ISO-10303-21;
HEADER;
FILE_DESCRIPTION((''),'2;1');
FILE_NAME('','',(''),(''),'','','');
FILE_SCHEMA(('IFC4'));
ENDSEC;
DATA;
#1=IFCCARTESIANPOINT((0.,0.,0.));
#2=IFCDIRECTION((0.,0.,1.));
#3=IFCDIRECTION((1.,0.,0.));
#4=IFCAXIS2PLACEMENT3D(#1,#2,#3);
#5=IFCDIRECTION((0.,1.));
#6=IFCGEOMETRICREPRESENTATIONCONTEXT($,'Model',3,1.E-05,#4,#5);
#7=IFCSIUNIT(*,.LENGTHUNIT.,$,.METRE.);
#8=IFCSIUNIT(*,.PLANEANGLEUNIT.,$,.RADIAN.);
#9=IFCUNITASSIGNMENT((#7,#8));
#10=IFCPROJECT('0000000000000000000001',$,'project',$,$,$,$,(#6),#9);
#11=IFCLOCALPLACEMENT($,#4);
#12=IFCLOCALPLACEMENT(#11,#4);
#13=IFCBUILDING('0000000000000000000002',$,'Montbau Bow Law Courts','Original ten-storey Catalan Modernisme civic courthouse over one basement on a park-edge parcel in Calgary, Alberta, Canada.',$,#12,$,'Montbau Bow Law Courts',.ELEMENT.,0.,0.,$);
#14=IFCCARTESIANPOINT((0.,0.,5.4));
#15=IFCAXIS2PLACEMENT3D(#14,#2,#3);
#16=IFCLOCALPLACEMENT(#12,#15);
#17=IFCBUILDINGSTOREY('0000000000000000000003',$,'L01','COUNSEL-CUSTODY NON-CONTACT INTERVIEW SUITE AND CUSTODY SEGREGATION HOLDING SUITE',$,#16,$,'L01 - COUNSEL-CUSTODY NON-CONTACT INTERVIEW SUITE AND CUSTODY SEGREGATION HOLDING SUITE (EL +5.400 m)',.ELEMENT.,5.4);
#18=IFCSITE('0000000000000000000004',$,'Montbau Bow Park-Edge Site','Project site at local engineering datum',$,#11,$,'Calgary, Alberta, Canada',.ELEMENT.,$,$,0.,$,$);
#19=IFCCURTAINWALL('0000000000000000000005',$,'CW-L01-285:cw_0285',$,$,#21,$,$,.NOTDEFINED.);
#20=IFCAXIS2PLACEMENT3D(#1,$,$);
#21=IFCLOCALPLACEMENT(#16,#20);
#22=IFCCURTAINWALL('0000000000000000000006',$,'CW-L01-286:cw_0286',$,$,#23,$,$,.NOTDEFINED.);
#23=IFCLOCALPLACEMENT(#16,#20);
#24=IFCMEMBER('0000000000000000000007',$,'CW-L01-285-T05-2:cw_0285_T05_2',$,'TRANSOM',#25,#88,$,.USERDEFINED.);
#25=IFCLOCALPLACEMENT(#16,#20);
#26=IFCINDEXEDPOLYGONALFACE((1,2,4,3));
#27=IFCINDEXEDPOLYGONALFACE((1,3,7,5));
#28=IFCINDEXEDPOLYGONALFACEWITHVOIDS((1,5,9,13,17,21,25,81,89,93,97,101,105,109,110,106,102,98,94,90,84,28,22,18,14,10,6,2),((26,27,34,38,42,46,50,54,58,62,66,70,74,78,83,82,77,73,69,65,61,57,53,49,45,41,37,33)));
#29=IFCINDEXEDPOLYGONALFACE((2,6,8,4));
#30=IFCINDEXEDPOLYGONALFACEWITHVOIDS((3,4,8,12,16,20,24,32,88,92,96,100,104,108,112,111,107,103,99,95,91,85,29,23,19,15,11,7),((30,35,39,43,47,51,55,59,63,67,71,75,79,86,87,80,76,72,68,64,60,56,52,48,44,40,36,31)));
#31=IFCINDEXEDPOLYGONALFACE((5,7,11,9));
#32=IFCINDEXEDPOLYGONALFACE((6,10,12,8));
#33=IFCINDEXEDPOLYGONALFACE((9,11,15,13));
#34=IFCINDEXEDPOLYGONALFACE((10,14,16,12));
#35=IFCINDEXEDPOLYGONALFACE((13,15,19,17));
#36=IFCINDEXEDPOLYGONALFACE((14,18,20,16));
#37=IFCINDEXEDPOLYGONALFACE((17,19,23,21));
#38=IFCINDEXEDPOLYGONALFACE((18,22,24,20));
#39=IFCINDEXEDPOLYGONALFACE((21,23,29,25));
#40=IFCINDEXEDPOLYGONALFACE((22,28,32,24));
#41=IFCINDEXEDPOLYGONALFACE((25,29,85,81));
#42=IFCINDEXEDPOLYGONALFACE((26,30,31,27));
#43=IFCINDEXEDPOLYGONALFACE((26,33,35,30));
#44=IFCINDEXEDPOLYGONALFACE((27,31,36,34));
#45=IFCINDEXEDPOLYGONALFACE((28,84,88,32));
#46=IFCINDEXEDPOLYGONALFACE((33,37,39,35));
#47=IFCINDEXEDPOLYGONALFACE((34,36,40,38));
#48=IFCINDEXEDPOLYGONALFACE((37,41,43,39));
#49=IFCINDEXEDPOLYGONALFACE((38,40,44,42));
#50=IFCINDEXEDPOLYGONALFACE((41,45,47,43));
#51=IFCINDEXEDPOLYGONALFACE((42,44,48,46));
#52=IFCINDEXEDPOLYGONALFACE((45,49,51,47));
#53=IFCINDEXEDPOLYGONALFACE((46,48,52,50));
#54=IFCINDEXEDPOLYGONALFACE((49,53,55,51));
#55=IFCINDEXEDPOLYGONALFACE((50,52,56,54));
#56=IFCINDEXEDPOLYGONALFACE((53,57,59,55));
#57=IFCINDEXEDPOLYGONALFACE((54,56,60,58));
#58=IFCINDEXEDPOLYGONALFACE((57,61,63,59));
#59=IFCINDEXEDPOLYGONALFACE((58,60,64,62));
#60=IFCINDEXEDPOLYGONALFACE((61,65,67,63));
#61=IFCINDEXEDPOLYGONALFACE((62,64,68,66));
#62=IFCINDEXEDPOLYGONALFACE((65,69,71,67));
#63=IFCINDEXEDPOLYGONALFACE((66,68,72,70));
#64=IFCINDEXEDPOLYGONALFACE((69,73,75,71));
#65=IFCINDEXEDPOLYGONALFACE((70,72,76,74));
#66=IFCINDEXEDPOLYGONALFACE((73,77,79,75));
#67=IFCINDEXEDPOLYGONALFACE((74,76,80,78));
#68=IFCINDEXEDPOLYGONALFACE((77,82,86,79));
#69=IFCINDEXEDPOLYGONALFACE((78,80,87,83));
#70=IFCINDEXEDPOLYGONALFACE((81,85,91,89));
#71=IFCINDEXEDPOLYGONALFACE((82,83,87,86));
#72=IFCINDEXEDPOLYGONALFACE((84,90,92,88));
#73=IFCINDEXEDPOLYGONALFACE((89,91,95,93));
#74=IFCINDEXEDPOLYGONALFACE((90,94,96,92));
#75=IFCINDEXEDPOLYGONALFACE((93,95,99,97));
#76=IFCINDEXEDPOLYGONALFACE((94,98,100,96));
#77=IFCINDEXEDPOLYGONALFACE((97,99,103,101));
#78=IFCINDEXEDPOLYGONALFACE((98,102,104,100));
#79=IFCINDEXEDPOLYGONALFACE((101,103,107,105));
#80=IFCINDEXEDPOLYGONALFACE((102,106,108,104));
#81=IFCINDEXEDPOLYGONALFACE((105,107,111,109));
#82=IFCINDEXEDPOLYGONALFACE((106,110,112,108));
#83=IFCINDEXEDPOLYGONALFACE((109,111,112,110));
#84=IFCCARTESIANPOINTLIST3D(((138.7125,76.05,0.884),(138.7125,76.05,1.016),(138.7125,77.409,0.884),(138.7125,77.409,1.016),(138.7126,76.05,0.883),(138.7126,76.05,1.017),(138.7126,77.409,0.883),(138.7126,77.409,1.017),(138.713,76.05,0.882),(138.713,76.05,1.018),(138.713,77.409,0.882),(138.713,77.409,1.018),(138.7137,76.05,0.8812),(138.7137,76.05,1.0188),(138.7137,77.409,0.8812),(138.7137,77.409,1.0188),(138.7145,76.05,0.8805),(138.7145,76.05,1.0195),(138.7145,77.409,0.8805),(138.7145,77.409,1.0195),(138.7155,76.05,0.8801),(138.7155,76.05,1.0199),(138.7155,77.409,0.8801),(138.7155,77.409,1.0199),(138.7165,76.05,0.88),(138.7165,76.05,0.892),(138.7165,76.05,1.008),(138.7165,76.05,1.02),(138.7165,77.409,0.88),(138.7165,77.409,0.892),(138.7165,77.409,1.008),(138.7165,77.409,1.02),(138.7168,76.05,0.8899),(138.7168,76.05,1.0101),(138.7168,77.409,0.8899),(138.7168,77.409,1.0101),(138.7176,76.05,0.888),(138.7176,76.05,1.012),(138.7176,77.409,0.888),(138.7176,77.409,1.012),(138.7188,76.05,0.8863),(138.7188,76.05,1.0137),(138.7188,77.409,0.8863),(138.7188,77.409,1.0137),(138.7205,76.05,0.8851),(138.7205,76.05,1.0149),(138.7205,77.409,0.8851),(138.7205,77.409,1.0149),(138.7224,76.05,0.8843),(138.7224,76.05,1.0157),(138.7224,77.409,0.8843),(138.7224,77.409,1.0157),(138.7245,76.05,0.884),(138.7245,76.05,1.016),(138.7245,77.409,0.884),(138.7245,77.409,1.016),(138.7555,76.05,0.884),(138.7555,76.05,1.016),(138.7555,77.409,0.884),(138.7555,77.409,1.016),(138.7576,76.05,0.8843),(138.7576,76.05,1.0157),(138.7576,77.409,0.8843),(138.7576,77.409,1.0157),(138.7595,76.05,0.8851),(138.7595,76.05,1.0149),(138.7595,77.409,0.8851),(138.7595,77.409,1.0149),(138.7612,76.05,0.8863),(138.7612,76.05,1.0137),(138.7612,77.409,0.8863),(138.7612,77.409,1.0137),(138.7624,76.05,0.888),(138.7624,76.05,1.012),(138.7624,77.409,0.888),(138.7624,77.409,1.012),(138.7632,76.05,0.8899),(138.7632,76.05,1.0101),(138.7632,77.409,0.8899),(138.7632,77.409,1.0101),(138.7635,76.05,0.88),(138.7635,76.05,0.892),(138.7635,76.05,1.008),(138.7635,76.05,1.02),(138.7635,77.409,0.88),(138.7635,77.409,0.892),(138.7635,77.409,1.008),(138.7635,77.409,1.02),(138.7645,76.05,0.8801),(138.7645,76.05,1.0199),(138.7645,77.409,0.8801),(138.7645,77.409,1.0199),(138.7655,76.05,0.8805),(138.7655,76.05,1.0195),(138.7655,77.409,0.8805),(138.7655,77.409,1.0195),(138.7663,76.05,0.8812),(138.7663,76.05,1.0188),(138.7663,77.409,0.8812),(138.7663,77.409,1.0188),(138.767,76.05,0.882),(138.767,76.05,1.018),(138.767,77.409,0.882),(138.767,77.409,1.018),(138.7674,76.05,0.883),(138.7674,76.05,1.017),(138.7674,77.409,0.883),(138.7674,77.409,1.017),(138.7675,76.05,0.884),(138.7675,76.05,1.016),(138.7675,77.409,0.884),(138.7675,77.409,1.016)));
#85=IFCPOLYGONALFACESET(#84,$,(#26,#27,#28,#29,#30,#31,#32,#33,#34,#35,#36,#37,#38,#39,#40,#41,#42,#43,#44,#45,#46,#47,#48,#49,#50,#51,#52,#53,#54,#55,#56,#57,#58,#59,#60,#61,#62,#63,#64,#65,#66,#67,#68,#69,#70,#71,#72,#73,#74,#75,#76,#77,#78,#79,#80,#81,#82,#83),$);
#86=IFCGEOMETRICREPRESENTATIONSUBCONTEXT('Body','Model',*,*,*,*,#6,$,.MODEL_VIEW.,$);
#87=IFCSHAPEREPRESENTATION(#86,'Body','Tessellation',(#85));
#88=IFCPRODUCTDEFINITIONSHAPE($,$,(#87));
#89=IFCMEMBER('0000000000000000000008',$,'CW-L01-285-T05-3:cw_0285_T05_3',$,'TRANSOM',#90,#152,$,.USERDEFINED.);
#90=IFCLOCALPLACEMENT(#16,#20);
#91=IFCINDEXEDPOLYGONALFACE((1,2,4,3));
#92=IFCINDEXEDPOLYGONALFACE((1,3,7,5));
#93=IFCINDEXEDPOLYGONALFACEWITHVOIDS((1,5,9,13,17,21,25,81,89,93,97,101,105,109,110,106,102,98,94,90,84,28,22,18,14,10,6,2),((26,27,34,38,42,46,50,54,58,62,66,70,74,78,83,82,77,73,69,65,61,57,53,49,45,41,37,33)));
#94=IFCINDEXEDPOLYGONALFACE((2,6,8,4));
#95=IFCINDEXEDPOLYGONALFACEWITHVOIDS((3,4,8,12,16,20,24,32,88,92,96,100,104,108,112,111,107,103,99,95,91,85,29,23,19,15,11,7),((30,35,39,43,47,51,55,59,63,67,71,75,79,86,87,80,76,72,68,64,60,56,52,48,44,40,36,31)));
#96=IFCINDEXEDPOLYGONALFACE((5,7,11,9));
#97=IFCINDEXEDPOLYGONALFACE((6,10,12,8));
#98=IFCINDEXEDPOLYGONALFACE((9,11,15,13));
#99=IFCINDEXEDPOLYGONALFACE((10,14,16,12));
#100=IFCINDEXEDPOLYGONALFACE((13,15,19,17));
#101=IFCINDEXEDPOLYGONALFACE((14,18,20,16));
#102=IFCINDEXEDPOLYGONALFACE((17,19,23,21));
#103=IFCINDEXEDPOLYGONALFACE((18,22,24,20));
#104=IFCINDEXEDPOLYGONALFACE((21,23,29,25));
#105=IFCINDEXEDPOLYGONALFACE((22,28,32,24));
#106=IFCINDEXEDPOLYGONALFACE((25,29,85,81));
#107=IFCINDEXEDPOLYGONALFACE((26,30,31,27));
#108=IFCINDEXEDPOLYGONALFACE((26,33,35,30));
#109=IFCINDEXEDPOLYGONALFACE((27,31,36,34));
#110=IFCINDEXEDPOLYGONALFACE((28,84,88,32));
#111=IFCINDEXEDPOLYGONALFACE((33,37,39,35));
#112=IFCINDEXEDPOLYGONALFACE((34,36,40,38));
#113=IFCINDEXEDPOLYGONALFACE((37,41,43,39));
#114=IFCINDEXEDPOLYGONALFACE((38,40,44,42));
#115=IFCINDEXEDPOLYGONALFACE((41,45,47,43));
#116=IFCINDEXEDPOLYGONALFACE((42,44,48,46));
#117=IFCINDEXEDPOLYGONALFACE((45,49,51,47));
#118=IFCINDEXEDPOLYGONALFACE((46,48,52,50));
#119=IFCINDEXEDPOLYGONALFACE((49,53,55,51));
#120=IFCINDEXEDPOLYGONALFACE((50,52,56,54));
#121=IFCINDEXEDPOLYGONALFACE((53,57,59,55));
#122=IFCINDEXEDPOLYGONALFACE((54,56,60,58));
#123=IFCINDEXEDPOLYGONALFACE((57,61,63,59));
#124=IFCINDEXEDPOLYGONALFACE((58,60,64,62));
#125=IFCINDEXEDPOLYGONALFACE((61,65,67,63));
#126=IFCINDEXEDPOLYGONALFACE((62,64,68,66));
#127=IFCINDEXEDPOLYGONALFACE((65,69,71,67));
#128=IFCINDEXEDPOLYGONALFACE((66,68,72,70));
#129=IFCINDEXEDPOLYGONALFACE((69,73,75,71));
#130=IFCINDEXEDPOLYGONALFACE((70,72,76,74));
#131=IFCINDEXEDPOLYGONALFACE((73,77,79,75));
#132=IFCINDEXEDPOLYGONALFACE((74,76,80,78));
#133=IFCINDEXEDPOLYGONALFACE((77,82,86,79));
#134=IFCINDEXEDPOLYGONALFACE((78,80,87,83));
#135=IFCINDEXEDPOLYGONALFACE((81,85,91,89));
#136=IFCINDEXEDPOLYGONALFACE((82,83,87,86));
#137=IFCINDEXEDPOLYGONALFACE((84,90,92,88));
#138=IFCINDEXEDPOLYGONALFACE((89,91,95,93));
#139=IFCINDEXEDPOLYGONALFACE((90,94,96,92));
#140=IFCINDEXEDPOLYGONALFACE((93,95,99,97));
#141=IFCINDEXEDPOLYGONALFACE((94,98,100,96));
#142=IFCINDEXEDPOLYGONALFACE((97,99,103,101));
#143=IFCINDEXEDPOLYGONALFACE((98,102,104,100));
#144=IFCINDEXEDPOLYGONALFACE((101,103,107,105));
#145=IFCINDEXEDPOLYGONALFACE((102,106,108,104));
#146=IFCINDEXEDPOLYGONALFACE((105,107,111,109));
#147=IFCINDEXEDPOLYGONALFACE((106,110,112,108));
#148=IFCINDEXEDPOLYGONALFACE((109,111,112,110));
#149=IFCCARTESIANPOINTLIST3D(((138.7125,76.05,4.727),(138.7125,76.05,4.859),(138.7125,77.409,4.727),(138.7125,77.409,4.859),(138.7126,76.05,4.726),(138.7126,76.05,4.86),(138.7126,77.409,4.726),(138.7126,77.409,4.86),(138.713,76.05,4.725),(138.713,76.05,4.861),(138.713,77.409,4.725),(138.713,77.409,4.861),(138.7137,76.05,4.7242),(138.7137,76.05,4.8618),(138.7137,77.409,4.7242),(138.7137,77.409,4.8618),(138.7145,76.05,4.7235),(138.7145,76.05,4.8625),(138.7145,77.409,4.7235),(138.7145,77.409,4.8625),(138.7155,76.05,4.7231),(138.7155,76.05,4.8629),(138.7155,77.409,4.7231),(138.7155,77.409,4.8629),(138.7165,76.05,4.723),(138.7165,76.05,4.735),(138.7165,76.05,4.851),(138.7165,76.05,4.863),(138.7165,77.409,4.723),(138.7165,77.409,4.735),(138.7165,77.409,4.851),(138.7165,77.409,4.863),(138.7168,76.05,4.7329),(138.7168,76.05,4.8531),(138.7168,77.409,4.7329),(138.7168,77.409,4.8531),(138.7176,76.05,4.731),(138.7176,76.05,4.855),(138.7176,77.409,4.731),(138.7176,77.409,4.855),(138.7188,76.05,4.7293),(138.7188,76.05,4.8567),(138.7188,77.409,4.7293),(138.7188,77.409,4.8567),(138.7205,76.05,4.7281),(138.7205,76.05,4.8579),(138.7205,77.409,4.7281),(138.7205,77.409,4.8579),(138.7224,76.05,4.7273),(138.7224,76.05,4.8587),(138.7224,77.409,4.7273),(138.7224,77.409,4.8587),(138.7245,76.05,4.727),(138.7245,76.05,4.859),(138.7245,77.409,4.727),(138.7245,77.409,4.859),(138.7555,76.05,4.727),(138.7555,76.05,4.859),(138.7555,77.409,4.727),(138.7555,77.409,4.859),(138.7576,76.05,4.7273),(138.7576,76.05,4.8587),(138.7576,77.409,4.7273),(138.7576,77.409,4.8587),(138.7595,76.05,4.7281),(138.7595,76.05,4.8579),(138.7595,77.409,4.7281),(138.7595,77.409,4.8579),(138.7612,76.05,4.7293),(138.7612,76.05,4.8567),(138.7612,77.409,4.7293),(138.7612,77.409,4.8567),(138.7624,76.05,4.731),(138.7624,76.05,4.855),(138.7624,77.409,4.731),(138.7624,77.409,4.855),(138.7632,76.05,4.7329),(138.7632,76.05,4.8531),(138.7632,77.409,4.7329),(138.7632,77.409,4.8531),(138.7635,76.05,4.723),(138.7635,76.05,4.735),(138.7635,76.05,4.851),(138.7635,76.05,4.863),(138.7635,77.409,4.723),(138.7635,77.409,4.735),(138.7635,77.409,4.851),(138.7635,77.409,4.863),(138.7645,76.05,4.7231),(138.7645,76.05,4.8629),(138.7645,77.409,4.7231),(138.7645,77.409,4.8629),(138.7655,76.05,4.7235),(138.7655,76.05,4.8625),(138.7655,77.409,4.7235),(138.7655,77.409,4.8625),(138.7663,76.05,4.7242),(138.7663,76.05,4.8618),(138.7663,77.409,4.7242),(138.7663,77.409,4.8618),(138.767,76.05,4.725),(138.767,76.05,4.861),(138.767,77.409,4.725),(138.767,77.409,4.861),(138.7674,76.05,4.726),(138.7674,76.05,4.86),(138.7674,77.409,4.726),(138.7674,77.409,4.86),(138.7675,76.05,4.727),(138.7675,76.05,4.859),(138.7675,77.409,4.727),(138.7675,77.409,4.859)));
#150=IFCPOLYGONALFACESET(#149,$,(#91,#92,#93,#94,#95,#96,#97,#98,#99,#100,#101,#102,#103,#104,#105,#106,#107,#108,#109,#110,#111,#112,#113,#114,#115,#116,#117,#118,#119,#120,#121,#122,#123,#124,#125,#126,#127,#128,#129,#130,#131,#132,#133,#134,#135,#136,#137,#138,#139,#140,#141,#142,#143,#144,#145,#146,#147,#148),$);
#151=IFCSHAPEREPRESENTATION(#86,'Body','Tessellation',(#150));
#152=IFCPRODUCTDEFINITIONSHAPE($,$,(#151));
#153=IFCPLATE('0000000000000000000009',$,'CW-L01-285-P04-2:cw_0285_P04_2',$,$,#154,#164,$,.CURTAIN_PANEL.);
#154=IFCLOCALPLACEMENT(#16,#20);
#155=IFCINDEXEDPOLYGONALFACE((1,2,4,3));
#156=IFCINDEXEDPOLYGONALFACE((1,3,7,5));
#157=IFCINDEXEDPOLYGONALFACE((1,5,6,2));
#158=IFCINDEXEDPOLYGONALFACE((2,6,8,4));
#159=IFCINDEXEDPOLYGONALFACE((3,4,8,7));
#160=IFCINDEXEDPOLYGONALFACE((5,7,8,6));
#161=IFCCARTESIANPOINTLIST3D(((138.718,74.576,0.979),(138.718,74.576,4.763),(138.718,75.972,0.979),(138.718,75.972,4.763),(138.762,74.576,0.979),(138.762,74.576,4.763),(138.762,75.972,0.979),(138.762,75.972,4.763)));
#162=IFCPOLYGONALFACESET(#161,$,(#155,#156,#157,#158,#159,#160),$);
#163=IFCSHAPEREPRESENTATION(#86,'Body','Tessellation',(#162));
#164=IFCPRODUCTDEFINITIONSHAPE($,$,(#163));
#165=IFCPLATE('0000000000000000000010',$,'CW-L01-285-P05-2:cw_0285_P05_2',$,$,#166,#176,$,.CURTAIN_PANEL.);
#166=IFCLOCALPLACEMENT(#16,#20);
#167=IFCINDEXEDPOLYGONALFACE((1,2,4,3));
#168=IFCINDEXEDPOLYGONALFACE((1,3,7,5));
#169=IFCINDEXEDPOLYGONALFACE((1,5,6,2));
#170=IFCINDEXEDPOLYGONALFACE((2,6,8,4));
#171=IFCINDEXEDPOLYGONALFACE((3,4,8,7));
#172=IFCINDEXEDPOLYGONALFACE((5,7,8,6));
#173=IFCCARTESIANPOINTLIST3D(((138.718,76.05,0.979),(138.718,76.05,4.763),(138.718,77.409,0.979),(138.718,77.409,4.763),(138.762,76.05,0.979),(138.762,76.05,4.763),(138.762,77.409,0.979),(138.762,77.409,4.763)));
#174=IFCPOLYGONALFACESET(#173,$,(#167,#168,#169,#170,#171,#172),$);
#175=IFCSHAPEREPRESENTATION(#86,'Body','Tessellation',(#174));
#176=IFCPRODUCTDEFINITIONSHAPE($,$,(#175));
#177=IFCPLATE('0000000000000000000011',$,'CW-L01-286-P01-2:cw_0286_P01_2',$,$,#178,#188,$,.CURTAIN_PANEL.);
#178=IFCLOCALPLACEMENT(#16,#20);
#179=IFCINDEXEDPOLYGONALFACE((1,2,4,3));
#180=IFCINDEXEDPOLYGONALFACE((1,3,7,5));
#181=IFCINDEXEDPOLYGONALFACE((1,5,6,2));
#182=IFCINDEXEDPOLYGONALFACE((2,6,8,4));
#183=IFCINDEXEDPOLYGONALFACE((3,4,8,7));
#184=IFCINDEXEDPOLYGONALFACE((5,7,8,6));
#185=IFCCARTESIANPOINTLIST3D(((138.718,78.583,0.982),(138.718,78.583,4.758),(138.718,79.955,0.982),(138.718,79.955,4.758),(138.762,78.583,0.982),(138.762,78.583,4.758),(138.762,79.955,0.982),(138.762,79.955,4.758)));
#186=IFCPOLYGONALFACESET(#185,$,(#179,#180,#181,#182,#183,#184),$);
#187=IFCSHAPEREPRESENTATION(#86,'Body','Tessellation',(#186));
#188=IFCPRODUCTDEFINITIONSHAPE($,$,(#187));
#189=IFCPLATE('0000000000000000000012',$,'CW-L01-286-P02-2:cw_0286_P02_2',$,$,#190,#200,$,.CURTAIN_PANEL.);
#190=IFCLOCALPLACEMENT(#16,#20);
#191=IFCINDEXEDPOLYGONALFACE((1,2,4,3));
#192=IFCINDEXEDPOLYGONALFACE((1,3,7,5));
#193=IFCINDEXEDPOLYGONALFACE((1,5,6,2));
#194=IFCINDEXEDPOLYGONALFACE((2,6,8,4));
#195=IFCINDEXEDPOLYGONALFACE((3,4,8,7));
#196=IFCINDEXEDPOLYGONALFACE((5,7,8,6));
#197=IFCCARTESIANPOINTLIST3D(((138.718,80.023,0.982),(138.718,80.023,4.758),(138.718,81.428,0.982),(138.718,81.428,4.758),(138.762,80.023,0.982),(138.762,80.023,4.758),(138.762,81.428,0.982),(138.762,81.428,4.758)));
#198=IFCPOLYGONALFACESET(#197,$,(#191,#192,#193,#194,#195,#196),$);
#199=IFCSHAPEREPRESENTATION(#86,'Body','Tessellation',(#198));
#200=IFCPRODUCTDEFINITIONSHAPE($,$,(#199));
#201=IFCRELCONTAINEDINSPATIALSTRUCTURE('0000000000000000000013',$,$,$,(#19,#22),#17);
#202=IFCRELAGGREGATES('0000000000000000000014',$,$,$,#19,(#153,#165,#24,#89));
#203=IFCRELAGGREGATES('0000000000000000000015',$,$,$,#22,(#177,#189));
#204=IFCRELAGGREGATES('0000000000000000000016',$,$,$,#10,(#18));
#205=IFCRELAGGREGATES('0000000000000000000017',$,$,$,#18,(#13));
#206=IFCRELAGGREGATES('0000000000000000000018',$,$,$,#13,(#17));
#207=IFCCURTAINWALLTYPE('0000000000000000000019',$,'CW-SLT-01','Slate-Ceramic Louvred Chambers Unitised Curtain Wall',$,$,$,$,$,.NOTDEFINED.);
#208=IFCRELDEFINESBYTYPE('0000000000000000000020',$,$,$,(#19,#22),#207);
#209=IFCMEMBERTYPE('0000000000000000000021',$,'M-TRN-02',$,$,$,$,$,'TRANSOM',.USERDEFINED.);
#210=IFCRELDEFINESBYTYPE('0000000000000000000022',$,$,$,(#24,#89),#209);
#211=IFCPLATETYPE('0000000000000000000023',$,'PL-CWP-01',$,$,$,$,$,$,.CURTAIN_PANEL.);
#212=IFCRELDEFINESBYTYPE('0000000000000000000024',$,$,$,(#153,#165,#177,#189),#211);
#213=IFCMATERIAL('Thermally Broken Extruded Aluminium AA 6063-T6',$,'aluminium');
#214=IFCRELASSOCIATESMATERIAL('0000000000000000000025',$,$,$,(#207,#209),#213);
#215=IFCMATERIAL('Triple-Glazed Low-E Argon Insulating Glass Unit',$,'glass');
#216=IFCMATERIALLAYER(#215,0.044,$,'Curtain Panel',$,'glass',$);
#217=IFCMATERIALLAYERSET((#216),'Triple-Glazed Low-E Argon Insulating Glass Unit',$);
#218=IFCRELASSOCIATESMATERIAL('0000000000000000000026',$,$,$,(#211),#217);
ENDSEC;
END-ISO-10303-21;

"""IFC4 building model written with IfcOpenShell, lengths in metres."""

from ifc_helpers import new_model, si_unit, direction, frame, frame_2d, origin_with_axes, origin_2d_with_axis, place, context, subcontext, project, spatial, rectangle, hollow_rectangle, extrude, material, layer, layer_set, material_profile, profile_set, type_object, element, aggregate, save


model = new_model("IFC4")

# Units and contexts
model_context = context("Model", 3, precision=1e-05, world=origin_with_axes(), true_north=direction((0.0, 1.0)))
body_context = subcontext(model_context, "Body", "Model", "MODEL_VIEW")
ifc_project = project(units=[si_unit("LENGTHUNIT", "METRE"), si_unit("PLANEANGLEUNIT", "RADIAN")], contexts=[model_context])

# Site, building, storey
site_placement = place(None, origin_with_axes())
site = spatial("IfcSite", under=ifc_project, at=site_placement, Name="Montbau Bow Park-Edge Site", Description="Project site at local engineering datum", LongName="Calgary, Alberta, Canada", CompositionType="ELEMENT", RefElevation=0.0)
building_placement = place(site_placement, origin_with_axes())
building = spatial("IfcBuilding", under=site, at=building_placement, Name="Montbau Bow Law Courts", Description="Original ten-storey Catalan Modernisme civic courthouse over one basement on a park-edge parcel in Calgary, Alberta, Canada.", LongName="Montbau Bow Law Courts", CompositionType="ELEMENT", ElevationOfRefHeight=0.0, ElevationOfTerrain=0.0)
storey_placement = place(building_placement, frame((0.0, 0.0, 5.4), z_axis=(0.0, 0.0, 1.0), x_axis=(1.0, 0.0, 0.0)))
storey = spatial("IfcBuildingStorey", under=building, at=storey_placement, Name="L01", Description="COUNSEL-CUSTODY NON-CONTACT INTERVIEW SUITE AND CUSTODY SEGREGATION HOLDING SUITE", LongName="L01 - COUNSEL-CUSTODY NON-CONTACT INTERVIEW SUITE AND CUSTODY SEGREGATION HOLDING SUITE (EL +5.400 m)", CompositionType="ELEMENT", Elevation=5.4)

# Curtain walls
ifc_material_1 = material(Name="Thermally Broken Extruded Aluminium AA 6063-T6", Category="aluminium")
curtain_wall_type = type_object("IfcCurtainWallType", Name="CW-SLT-01", Description="Slate-Ceramic Louvred Chambers Unitised Curtain Wall", PredefinedType="NOTDEFINED", material=ifc_material_1)
curtain_wall_1_placement = place(None, frame((138.74, 70.115, 5.4), z_axis=(0.0, 0.0, 1.0), x_axis=(1.0, 0.0, 0.0)))
curtain_wall_1 = element("IfcCurtainWall", 1, at=curtain_wall_1_placement, inside=storey, type_object=curtain_wall_type, Name="CW-L01-285:cw_0285", PredefinedType="NOTDEFINED")
curtain_wall_2_placement = place(None, frame((138.74, 78.515, 5.4), z_axis=(0.0, 0.0, 1.0), x_axis=(1.0, 0.0, 0.0)))
curtain_wall_2 = element("IfcCurtainWall", 2, at=curtain_wall_2_placement, inside=storey, type_object=curtain_wall_type, Name="CW-L01-286:cw_0286", PredefinedType="NOTDEFINED")

# Members
ifc_material_profile_1 = material_profile(ifc_material_1, hollow_rectangle(XDim=0.055, YDim=0.14, WallThickness=0.004, InnerFilletRadius=0.008, OuterFilletRadius=0.004, at=origin_2d_with_axis()), Name="CWT-140X55", Category="Main", Priority=0)
ifc_profile_set_1 = profile_set([ifc_material_profile_1], Name="Thermally Broken Extruded Aluminium AA 6063-T6")
member_type_1 = type_object("IfcMemberType", Name="M-TRN-02", ElementType="TRANSOM", PredefinedType="USERDEFINED", material=ifc_profile_set_1)
member_1_placement = place(None, frame((138.74, 76.05, 6.35), z_axis=(0.0, 1.0, 0.0), x_axis=(-1.0, 0.0, 0.0)))
member_1 = element("IfcMember", 3, at=member_1_placement, type_object=member_type_1, Name="CW-L01-285-T05-2:cw_0285_T05_2", ObjectType="TRANSOM", PredefinedType="USERDEFINED", context=body_context, shape_type="SweptSolid", body=[
    extrude(hollow_rectangle(XDim=0.055, YDim=0.14, WallThickness=0.004, InnerFilletRadius=0.008, OuterFilletRadius=0.004, at=origin_2d_with_axis()), origin_with_axes(), (0.0, 0.0, 1.0), 1.359),
])
member_2_placement = place(None, frame((138.74, 76.05, 10.193), z_axis=(0.0, 1.0, 0.0), x_axis=(-1.0, 0.0, 0.0)))
member_2 = element("IfcMember", 4, at=member_2_placement, type_object=member_type_1, Name="CW-L01-285-T05-3:cw_0285_T05_3", ObjectType="TRANSOM", PredefinedType="USERDEFINED", context=body_context, shape_type="SweptSolid", body=[
    extrude(hollow_rectangle(XDim=0.055, YDim=0.14, WallThickness=0.004, InnerFilletRadius=0.008, OuterFilletRadius=0.004, at=origin_2d_with_axis()), origin_with_axes(), (0.0, 0.0, 1.0), 1.359),
])

# Plates
ifc_material_2 = material(Name="Triple-Glazed Low-E Argon Insulating Glass Unit", Category="glass")
ifc_layer_1 = layer(ifc_material_2, 0.044, Name="Curtain Panel", Category="glass")
ifc_layer_set_1 = layer_set([ifc_layer_1], Name="Triple-Glazed Low-E Argon Insulating Glass Unit")
plate_type_1 = type_object("IfcPlateType", Name="PL-CWP-01", PredefinedType="CURTAIN_PANEL", material=ifc_layer_set_1)
plate_1_placement = place(None, frame((138.74, 74.576, 6.379), z_axis=(1.0, 0.0, 0.0), x_axis=(0.0, 1.0, 0.0)))
plate_1 = element("IfcPlate", 5, at=plate_1_placement, type_object=plate_type_1, Name="CW-L01-285-P04-2:cw_0285_P04_2", PredefinedType="CURTAIN_PANEL", context=body_context, shape_type="SweptSolid", body=[
    extrude(rectangle(XDim=1.396, YDim=3.784, at=frame_2d((0.698, 1.892), x_axis=(1.0, 0.0))), frame((0.0, 0.0, -0.022), z_axis=(0.0, 0.0, 1.0), x_axis=(1.0, 0.0, 0.0)), (0.0, 0.0, 1.0), 0.044),
])
plate_2_placement = place(None, frame((138.74, 76.05, 6.379), z_axis=(1.0, 0.0, 0.0), x_axis=(0.0, 1.0, 0.0)))
plate_2 = element("IfcPlate", 6, at=plate_2_placement, type_object=plate_type_1, Name="CW-L01-285-P05-2:cw_0285_P05_2", PredefinedType="CURTAIN_PANEL", context=body_context, shape_type="SweptSolid", body=[
    extrude(rectangle(XDim=1.359, YDim=3.784, at=frame_2d((0.6795, 1.892), x_axis=(1.0, 0.0))), frame((0.0, 0.0, -0.022), z_axis=(0.0, 0.0, 1.0), x_axis=(1.0, 0.0, 0.0)), (0.0, 0.0, 1.0), 0.044),
])
plate_3_placement = place(None, frame((138.74, 78.583, 6.382), z_axis=(1.0, 0.0, 0.0), x_axis=(0.0, 1.0, 0.0)))
plate_3 = element("IfcPlate", 7, at=plate_3_placement, type_object=plate_type_1, Name="CW-L01-286-P01-2:cw_0286_P01_2", PredefinedType="CURTAIN_PANEL", context=body_context, shape_type="SweptSolid", body=[
    extrude(rectangle(XDim=1.372, YDim=3.776, at=frame_2d((0.686, 1.888), x_axis=(1.0, 0.0))), frame((0.0, 0.0, -0.022), z_axis=(0.0, 0.0, 1.0), x_axis=(1.0, 0.0, 0.0)), (0.0, 0.0, 1.0), 0.044),
])
plate_4_placement = place(None, frame((138.74, 80.023, 6.382), z_axis=(1.0, 0.0, 0.0), x_axis=(0.0, 1.0, 0.0)))
plate_4 = element("IfcPlate", 8, at=plate_4_placement, type_object=plate_type_1, Name="CW-L01-286-P02-2:cw_0286_P02_2", PredefinedType="CURTAIN_PANEL", context=body_context, shape_type="SweptSolid", body=[
    extrude(rectangle(XDim=1.405, YDim=3.776, at=frame_2d((0.7025, 1.888), x_axis=(1.0, 0.0))), frame((0.0, 0.0, -0.022), z_axis=(0.0, 0.0, 1.0), x_axis=(1.0, 0.0, 0.0)), (0.0, 0.0, 1.0), 0.044),
])
aggregate(curtain_wall_1, [plate_1, plate_2, member_1, member_2])
aggregate(curtain_wall_2, [plate_3, plate_4])

save(model, "model.ifc")
